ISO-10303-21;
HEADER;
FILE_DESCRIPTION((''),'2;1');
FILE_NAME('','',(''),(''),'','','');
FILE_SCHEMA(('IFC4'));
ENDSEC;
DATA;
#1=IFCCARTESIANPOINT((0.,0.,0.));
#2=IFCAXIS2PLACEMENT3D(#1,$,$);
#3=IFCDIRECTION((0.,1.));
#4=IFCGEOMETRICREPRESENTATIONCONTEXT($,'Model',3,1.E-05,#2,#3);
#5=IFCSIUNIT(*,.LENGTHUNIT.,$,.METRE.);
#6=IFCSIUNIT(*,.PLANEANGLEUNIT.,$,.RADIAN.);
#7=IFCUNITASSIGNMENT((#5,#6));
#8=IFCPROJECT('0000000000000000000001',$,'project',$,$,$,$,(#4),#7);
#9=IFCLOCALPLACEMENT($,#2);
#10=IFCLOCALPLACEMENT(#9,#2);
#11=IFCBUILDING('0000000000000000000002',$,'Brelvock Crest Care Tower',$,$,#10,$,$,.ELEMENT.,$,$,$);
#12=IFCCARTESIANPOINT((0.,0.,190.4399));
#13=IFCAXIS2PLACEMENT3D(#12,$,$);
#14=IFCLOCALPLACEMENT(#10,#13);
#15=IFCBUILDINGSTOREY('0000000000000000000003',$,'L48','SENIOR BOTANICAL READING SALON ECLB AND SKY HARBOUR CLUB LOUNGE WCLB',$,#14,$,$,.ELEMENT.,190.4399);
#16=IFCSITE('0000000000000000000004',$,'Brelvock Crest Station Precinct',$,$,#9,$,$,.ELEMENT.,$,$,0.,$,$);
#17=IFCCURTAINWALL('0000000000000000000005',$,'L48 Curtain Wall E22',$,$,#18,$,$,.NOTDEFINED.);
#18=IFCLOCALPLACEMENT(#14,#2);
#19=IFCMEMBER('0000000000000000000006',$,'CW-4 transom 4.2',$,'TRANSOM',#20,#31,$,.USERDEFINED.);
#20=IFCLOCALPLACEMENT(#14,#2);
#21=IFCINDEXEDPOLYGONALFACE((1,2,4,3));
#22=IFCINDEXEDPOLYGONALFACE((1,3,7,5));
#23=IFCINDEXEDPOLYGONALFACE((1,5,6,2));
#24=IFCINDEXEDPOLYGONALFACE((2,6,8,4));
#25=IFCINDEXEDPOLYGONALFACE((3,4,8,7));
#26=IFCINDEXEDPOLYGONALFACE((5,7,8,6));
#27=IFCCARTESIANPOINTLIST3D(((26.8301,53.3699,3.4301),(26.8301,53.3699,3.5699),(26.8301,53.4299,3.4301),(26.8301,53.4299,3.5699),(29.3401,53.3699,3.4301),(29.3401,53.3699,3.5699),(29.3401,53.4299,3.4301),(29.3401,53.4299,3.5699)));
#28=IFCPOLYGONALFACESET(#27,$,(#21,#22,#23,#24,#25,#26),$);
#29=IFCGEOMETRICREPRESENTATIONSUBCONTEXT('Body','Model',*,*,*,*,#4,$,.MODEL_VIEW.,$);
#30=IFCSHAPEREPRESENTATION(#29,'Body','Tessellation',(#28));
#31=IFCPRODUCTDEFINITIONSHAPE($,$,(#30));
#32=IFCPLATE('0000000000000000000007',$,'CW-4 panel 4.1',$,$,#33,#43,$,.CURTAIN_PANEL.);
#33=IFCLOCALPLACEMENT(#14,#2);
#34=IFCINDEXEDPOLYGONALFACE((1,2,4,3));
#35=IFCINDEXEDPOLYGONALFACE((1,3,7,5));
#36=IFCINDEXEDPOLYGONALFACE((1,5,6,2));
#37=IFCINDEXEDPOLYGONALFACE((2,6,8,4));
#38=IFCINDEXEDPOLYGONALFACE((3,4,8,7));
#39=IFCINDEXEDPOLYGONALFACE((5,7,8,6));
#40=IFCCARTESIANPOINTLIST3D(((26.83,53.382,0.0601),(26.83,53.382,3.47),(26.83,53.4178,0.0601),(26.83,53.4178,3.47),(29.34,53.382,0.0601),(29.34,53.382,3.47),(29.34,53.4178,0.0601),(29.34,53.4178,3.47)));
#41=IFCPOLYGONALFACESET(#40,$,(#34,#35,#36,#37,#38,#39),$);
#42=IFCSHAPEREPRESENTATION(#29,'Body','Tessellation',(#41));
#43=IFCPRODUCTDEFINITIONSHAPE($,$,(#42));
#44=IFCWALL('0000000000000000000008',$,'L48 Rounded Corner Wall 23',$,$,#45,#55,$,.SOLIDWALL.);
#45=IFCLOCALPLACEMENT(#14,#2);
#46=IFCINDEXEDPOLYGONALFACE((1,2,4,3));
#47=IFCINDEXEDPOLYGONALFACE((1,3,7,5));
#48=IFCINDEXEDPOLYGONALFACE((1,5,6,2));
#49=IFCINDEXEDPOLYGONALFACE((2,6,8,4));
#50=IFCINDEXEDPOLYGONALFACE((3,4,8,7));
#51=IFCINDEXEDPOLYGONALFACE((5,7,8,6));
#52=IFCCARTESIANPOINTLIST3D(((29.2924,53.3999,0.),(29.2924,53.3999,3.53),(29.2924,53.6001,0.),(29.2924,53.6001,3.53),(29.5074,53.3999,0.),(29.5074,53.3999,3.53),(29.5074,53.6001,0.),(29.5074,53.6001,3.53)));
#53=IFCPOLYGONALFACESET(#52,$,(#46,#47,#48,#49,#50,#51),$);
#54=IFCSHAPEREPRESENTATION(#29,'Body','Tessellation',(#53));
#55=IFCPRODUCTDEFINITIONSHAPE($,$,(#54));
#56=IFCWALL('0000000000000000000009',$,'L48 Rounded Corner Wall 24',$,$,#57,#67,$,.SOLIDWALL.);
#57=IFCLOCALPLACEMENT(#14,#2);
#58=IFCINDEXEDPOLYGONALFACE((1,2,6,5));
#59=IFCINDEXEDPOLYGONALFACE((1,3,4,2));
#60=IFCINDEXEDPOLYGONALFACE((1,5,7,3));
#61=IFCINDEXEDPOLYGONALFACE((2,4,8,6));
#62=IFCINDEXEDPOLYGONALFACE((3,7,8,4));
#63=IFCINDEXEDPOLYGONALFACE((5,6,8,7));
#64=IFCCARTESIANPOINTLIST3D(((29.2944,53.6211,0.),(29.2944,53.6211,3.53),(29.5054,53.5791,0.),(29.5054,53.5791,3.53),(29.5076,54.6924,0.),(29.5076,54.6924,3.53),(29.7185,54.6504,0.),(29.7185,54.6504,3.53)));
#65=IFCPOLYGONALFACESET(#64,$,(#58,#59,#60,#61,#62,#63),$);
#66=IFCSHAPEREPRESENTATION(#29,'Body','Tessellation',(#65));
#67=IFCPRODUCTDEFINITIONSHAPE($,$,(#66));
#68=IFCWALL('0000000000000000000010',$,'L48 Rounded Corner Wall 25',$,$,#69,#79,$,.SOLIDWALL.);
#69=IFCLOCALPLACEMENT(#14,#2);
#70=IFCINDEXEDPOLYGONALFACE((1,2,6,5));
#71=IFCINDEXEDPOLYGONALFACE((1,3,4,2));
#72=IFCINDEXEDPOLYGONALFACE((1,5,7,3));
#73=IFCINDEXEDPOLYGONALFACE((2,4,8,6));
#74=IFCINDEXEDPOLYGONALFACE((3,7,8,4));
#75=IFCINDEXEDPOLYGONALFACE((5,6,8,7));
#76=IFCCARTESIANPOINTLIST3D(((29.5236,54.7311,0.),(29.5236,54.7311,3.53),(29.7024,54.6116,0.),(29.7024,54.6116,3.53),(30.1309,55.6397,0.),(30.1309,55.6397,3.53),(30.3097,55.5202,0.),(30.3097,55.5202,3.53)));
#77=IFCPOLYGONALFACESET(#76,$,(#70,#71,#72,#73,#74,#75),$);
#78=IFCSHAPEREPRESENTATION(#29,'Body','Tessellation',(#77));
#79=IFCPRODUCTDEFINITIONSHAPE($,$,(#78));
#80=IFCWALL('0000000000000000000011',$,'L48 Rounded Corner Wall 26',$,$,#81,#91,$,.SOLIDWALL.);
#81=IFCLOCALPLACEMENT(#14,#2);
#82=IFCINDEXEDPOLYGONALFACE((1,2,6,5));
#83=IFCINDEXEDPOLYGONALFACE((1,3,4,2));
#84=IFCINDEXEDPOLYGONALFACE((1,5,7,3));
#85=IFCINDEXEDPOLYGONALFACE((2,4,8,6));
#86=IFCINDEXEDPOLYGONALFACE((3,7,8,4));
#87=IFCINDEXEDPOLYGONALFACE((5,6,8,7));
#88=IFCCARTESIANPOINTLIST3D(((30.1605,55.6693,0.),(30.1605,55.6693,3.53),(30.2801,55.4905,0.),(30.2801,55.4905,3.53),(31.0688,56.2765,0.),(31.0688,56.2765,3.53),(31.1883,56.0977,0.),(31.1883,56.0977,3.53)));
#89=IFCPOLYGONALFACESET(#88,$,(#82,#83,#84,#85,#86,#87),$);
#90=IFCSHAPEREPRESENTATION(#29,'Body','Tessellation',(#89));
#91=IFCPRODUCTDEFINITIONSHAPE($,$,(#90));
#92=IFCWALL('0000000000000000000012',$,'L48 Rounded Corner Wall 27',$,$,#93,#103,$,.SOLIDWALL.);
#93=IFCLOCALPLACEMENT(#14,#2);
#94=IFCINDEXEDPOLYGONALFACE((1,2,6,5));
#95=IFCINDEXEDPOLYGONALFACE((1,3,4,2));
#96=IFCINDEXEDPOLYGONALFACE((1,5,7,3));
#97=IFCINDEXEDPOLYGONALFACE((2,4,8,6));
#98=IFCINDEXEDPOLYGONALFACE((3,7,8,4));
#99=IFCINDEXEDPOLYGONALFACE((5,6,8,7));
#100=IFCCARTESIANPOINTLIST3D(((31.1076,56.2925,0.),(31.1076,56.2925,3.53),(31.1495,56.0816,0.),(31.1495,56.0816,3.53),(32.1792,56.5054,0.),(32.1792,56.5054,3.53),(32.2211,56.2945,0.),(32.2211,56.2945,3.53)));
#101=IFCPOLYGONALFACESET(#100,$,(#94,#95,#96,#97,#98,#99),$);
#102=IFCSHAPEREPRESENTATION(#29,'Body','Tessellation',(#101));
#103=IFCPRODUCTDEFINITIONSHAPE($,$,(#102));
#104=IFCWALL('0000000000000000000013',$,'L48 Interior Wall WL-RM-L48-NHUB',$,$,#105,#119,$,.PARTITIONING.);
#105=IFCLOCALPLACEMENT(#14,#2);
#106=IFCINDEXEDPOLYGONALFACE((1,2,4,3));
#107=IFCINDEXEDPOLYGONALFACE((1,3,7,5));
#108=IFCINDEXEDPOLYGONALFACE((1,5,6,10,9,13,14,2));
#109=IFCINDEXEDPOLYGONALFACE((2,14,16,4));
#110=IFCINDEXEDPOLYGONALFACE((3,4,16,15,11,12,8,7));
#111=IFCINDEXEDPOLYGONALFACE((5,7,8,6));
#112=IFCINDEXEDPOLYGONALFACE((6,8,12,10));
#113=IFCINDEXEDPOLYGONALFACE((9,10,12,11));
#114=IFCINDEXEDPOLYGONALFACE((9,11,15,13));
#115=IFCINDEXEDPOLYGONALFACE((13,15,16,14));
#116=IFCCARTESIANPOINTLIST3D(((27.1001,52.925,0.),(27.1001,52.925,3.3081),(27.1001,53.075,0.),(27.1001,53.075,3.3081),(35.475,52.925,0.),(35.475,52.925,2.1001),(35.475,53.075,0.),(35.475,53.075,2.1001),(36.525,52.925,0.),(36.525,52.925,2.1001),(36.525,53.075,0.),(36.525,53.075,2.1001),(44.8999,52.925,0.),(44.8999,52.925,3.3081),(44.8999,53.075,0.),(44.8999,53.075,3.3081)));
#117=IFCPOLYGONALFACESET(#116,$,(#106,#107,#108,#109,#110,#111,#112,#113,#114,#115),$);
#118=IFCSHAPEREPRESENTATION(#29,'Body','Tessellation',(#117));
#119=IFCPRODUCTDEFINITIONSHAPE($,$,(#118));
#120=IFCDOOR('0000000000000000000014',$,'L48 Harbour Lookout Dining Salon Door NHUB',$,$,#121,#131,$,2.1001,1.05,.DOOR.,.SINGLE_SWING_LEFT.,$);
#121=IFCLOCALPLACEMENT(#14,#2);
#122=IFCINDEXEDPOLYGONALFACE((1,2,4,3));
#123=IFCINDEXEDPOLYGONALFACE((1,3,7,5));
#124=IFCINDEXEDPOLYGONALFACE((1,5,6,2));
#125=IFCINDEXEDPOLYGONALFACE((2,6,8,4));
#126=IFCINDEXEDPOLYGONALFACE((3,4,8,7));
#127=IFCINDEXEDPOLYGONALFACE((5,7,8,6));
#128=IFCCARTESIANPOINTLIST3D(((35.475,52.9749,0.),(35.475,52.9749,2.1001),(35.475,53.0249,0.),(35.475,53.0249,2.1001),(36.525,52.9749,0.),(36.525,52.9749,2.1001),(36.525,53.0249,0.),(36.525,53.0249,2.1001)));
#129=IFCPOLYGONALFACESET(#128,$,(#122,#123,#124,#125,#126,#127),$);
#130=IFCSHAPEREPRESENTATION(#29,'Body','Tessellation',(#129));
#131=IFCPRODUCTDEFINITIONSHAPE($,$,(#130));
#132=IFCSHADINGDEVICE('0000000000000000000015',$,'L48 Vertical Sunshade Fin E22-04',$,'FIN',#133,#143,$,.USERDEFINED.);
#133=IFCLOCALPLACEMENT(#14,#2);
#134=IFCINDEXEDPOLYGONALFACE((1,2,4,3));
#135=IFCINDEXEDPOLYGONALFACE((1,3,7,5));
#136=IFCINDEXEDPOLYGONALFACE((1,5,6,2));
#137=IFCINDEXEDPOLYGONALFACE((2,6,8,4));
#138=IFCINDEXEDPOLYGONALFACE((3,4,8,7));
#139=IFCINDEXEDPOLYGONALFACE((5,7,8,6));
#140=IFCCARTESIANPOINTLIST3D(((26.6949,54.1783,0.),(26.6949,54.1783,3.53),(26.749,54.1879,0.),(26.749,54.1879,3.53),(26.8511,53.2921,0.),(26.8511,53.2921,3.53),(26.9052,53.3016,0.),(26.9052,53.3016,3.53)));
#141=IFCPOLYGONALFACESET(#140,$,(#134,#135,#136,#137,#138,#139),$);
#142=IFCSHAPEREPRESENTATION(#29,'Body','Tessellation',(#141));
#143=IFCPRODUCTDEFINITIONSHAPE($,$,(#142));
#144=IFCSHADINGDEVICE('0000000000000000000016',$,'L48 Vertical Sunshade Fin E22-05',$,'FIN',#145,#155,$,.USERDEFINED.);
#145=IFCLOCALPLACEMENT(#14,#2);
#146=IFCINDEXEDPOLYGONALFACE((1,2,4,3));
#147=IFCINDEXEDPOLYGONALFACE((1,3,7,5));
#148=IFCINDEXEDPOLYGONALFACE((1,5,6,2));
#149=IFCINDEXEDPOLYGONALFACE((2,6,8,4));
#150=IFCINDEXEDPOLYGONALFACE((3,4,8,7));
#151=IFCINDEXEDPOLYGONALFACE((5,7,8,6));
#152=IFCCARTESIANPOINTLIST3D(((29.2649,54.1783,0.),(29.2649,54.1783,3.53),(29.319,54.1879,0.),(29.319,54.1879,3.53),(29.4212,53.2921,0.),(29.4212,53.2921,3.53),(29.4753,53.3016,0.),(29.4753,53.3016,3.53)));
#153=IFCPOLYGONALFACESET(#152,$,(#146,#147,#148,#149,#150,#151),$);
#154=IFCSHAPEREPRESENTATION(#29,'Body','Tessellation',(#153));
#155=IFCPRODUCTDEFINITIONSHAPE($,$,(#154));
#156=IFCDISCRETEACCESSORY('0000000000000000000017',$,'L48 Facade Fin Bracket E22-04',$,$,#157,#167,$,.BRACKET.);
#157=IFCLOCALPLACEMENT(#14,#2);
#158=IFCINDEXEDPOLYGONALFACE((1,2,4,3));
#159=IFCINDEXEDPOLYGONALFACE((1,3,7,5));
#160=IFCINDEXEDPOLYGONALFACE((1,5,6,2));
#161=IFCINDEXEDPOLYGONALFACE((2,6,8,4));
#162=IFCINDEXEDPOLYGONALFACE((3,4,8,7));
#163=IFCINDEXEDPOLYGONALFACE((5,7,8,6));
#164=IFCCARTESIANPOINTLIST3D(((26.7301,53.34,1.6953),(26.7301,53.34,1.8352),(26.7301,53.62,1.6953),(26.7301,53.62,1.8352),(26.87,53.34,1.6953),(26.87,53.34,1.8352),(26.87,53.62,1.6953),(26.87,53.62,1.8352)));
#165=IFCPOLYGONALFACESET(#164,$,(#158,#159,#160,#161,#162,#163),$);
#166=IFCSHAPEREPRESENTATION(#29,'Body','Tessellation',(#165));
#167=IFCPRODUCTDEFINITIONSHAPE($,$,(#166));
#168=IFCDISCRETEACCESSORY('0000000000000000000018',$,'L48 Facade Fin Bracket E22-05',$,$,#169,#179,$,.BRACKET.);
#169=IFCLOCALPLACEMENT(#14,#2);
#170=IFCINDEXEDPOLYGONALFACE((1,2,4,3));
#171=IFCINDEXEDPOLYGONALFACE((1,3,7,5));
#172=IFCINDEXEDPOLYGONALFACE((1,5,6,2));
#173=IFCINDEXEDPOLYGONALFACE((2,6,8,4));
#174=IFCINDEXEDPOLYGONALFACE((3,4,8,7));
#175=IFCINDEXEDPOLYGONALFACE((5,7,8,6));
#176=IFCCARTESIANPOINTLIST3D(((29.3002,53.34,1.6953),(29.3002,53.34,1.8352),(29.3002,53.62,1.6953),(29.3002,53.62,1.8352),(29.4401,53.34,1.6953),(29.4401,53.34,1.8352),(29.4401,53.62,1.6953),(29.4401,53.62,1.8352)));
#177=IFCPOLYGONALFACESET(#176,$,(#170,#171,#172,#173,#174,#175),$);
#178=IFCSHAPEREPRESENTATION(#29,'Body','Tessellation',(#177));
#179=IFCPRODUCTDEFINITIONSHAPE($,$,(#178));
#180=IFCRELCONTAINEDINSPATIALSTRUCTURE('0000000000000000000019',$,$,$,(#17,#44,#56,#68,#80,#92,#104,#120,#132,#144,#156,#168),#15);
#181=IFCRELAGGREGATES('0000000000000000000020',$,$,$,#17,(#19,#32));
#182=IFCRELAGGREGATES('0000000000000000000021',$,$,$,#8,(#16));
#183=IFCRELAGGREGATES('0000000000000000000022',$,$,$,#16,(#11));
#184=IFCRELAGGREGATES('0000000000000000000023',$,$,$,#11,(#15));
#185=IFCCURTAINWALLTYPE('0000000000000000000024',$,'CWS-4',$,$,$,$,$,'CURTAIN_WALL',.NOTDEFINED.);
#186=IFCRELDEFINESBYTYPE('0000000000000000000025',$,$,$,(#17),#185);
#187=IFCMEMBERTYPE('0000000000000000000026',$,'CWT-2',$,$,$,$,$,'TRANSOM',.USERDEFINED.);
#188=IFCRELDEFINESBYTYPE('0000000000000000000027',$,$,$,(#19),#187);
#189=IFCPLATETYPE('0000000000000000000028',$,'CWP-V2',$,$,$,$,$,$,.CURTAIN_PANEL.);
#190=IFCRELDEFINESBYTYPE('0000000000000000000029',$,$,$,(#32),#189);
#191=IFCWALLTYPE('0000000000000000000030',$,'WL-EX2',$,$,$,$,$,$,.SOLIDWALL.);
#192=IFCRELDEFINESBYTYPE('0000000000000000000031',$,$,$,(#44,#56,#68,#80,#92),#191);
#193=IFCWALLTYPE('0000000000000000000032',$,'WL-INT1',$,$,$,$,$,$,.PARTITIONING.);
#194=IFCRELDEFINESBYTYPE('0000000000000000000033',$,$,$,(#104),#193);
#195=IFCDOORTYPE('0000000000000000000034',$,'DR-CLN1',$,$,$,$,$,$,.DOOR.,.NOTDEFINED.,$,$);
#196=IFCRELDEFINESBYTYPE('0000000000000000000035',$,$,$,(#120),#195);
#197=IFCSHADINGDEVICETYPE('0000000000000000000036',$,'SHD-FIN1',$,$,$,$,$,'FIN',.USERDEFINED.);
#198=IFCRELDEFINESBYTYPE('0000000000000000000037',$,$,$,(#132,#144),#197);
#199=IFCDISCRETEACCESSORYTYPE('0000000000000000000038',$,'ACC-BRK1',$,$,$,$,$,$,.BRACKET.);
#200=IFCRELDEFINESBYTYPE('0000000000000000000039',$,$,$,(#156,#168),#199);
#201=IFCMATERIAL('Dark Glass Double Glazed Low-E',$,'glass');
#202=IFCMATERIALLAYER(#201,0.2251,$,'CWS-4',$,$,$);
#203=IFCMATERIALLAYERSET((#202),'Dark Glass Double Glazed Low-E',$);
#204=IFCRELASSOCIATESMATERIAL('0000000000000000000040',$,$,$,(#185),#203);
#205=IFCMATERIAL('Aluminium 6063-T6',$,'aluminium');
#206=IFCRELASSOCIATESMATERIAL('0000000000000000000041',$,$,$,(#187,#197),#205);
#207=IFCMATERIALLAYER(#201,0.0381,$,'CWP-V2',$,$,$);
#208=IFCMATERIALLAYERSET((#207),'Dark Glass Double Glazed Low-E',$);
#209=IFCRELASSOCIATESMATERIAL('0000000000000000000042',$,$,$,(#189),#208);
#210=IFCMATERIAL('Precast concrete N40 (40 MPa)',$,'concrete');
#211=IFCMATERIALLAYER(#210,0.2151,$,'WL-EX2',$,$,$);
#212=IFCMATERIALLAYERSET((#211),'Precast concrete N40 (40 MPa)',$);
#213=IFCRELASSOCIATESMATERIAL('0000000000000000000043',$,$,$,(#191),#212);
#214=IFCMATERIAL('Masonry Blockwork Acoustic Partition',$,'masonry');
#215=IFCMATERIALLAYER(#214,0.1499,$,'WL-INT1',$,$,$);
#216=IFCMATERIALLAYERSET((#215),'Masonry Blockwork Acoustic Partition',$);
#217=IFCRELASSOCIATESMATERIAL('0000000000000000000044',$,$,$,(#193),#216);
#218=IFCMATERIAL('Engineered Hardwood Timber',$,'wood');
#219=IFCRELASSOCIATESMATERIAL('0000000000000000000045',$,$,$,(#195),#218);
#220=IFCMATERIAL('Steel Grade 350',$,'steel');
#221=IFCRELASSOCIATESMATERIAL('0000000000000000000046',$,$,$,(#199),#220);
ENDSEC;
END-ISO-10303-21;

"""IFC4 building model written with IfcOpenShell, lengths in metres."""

from ifc_helpers import new_model, si_unit, direction, frame, frame_2d, origin, origin_2d, place, context, subcontext, project, spatial, rectangle, extrude, source, transform, mapped, material, layer, layer_set, material_profile, profile_set, type_object, element, fill, aggregate, save


model = new_model("IFC4")

# Units and contexts
model_context = context("Model", 3, precision=1e-05, world=origin(), true_north=direction((0.0, 1.0)))
body_context = subcontext(model_context, "Body", "Model", "MODEL_VIEW")
ifc_project = project(units=[si_unit("LENGTHUNIT", "METRE"), si_unit("PLANEANGLEUNIT", "RADIAN")], contexts=[model_context])

# Site, building, storey
site_placement = place(None, origin())
site = spatial("IfcSite", under=ifc_project, at=site_placement, Name="Brelvock Crest Station Precinct", CompositionType="ELEMENT", RefElevation=0.0)
building_placement = place(site_placement, origin())
building = spatial("IfcBuilding", under=site, at=building_placement, Name="Brelvock Crest Care Tower", CompositionType="ELEMENT")
storey_placement = place(building_placement, frame((0.0, 0.0, 190.4399)))
storey = spatial("IfcBuildingStorey", under=building, at=storey_placement, Name="L48", Description="SENIOR BOTANICAL READING SALON ECLB AND SKY HARBOUR CLUB LOUNGE WCLB", CompositionType="ELEMENT", Elevation=190.4399)

# Shared definitions
ifc_material_1 = material(Name="Steel Grade 350", Category="steel")

# Curtain wall, member, plate
ifc_material_2 = material(Name="Dark Glass Double Glazed Low-E", Category="glass")
ifc_layer_1 = layer(ifc_material_2, 0.2251, Name="CWS-4")
ifc_layer_set_1 = layer_set([ifc_layer_1], Name="Dark Glass Double Glazed Low-E")
curtain_wall_type = type_object("IfcCurtainWallType", Name="CWS-4", ElementType="CURTAIN_WALL", PredefinedType="NOTDEFINED", material=ifc_layer_set_1)
curtain_wall_placement = place(storey_placement, origin())
curtain_wall = element("IfcCurtainWall", 1, at=curtain_wall_placement, inside=storey, type_object=curtain_wall_type, Name="L48 Curtain Wall E22", PredefinedType="NOTDEFINED")
ifc_material_3 = material(Name="Aluminium 6063-T6", Category="aluminium")
ifc_material_profile_1 = material_profile(ifc_material_3, rectangle(XDim=0.0601, YDim=0.1399, at=origin_2d()), Name="ALU60x140")
ifc_profile_set_1 = profile_set([ifc_material_profile_1], Name="Aluminium 6063-T6")
member_type_1 = type_object("IfcMemberType", Name="CWT-2", ElementType="TRANSOM", PredefinedType="USERDEFINED", material=ifc_profile_set_1)
shared_shape_1 = source(origin(), body_context, "Body", "SweptSolid", [
    extrude(rectangle(XDim=0.0601, YDim=0.1399, at=origin_2d()), origin(), (0.0, 0.0, 1.0), 2.51),
])
member_1_placement = place(storey_placement, frame((26.8301, 53.3999, 3.5), z_axis=(1.0, 0.0, 0.0), x_axis=(0.0, 1.0, 0.0)))
member_1 = element("IfcMember", 2, at=member_1_placement, type_object=member_type_1, Name="CW-4 transom 4.2", ObjectType="TRANSOM", PredefinedType="USERDEFINED", context=body_context, shape_type="MappedRepresentation", body=[
    mapped(shared_shape_1, transform((0.0, 0.0, 0.0), x_axis=(1.0, 0.0, 0.0), y_axis=(0.0, 1.0, 0.0), z_axis=(0.0, 0.0, 1.0), scale=1.0)),
])
ifc_layer_2 = layer(ifc_material_2, 0.0381, Name="CWP-V2")
ifc_layer_set_2 = layer_set([ifc_layer_2], Name="Dark Glass Double Glazed Low-E")
plate_type = type_object("IfcPlateType", Name="CWP-V2", PredefinedType="CURTAIN_PANEL", material=ifc_layer_set_2)
shared_shape_2 = source(origin(), body_context, "Body", "SweptSolid", [
    extrude(rectangle(XDim=2.51, YDim=0.0359, at=origin_2d()), origin(), (0.0, 0.0, 1.0), 3.4099),
])
plate_placement = place(storey_placement, frame((28.085, 53.3999, 0.0601), z_axis=(0.0, 0.0, 1.0), x_axis=(1.0, 0.0, 0.0)))
plate = element("IfcPlate", 3, at=plate_placement, type_object=plate_type, Name="CW-4 panel 4.1", PredefinedType="CURTAIN_PANEL", context=body_context, shape_type="MappedRepresentation", body=[
    mapped(shared_shape_2, transform((0.0, 0.0, 0.0), x_axis=(1.0, 0.0, 0.0), y_axis=(0.0, 1.0, 0.0), z_axis=(0.0, 0.0, 1.0), scale=1.0)),
])
aggregate(curtain_wall, [member_1, plate])

# Walls
ifc_material_4 = material(Name="Precast concrete N40 (40 MPa)", Category="concrete")
ifc_layer_3 = layer(ifc_material_4, 0.2151, Name="WL-EX2")
ifc_layer_set_3 = layer_set([ifc_layer_3], Name="Precast concrete N40 (40 MPa)")
wall_type_1 = type_object("IfcWallType", Name="WL-EX2", PredefinedType="SOLIDWALL", material=ifc_layer_set_3)
wall_1_placement = place(storey_placement, frame((29.3999, 53.3999, 0.0), z_axis=(0.0, 0.0, 1.0), x_axis=(0.0, 1.0, 0.0)))
element("IfcWall", 4, at=wall_1_placement, inside=storey, type_object=wall_type_1, Name="L48 Rounded Corner Wall 23", PredefinedType="SOLIDWALL", context=body_context, shape_type="SweptSolid", body=[
    extrude(rectangle(XDim=0.2002, YDim=0.2151, at=frame_2d((0.1001, 0.0))), origin(), (0.0, 0.0, 1.0), 3.53),
])
wall_2_placement = place(storey_placement, frame((29.3999, 53.6001, 0.0), z_axis=(0.0, 0.0, 1.0), x_axis=(0.195127, 0.980778, 0.0)))
element("IfcWall", 5, at=wall_2_placement, inside=storey, type_object=wall_type_1, Name="L48 Rounded Corner Wall 24", PredefinedType="SOLIDWALL", context=body_context, shape_type="SweptSolid", body=[
    extrude(rectangle(XDim=1.0923, YDim=0.2151, at=frame_2d((0.5461, 0.0))), origin(), (0.0, 0.0, 1.0), 3.53),
])
wall_3_placement = place(storey_placement, frame((29.613, 54.6714, 0.0), z_axis=(0.0, 0.0, 1.0), x_axis=(0.555679, 0.831397, 0.0)))
element("IfcWall", 6, at=wall_3_placement, inside=storey, type_object=wall_type_1, Name="L48 Rounded Corner Wall 25", PredefinedType="SOLIDWALL", context=body_context, shape_type="SweptSolid", body=[
    extrude(rectangle(XDim=1.0928, YDim=0.2151, at=frame_2d((0.5464, 0.0))), origin(), (0.0, 0.0, 1.0), 3.53),
])
for number, where, z_axis, x_axis, name in (
    (7, (30.2202, 55.5798, 0.0), (0.0, 0.0, 1.0), (0.831328, 0.555783, 0.0), "L48 Rounded Corner Wall 26"),
    (8, (31.1284, 56.187, 0.0), (0.0, 0.0, 1.0), (0.980829, 0.19487, 0.0), "L48 Rounded Corner Wall 27"),
):
    element("IfcWall", number, at=place(storey_placement, frame(where, z_axis=z_axis, x_axis=x_axis)), inside=storey, type_object=wall_type_1, Name=name, PredefinedType="SOLIDWALL", context=body_context, shape_type="SweptSolid", body=[
        extrude(rectangle(XDim=1.0925, YDim=0.2151, at=frame_2d((0.5464, 0.0))), origin(), (0.0, 0.0, 1.0), 3.53),
    ])

# Wall, opening, door
ifc_material_5 = material(Name="Masonry Blockwork Acoustic Partition", Category="masonry")
ifc_layer_4 = layer(ifc_material_5, 0.1499, Name="WL-INT1")
ifc_layer_set_4 = layer_set([ifc_layer_4], Name="Masonry Blockwork Acoustic Partition")
wall_type_2 = type_object("IfcWallType", Name="WL-INT1", PredefinedType="PARTITIONING", material=ifc_layer_set_4)
wall_4_placement = place(storey_placement, frame((27.1001, 53.0, 0.0), z_axis=(0.0, 0.0, 1.0), x_axis=(1.0, 0.0, 0.0)))
wall_4 = element("IfcWall", 9, at=wall_4_placement, inside=storey, type_object=wall_type_2, Name="L48 Interior Wall WL-RM-L48-NHUB", PredefinedType="PARTITIONING", context=body_context, shape_type="SweptSolid", body=[
    extrude(rectangle(XDim=17.7998, YDim=0.1499, at=frame_2d((8.8999, 0.0))), origin(), (0.0, 0.0, 1.0), 3.3081),
])
opening_placement = place(wall_4_placement, frame((8.375, 0.0, 0.0)))
opening = element("IfcOpeningElement", 10, at=opening_placement, cuts=wall_4, PredefinedType="OPENING", context=body_context, shape_type="SweptSolid", body=[
    extrude(rectangle(XDim=1.05, YDim=2.1001, at=origin_2d()), frame((0.5249, 0.085, 1.05), z_axis=(0.0, -1.0, 0.0), x_axis=(1.0, 0.0, 0.0)), (0.0, 0.0, 1.0), 0.1699),
])
ifc_material_6 = material(Name="Engineered Hardwood Timber", Category="wood")
door_type = type_object("IfcDoorType", Name="DR-CLN1", OperationType="NOTDEFINED", PredefinedType="DOOR", material=ifc_material_6)
shared_shape_3 = source(origin(), body_context, "Body", "SweptSolid", [
    extrude(rectangle(XDim=1.05, YDim=2.1001, at=origin_2d()), frame((0.5249, 0.0249, 1.05), z_axis=(0.0, -1.0, 0.0), x_axis=(1.0, 0.0, 0.0)), (0.0, 0.0, 1.0), 0.05),
])
door_placement = place(opening_placement, origin())
door = element("IfcDoor", 11, at=door_placement, inside=storey, type_object=door_type, Name="L48 Harbour Lookout Dining Salon Door NHUB", OperationType="SINGLE_SWING_LEFT", OverallHeight=2.1001, OverallWidth=1.05, PredefinedType="DOOR", context=body_context, shape_type="MappedRepresentation", body=[
    mapped(shared_shape_3, transform((0.0, 0.0, 0.0), x_axis=(1.0, 0.0, 0.0), y_axis=(0.0, 1.0, 0.0), z_axis=(0.0, 0.0, 1.0), scale=1.0)),
])
fill(opening, door)

# Shading devices
ifc_material_profile_2 = material_profile(ifc_material_3, rectangle(XDim=0.0549, YDim=0.8999, at=origin_2d()), Name="FIN55x900")
ifc_profile_set_2 = profile_set([ifc_material_profile_2], Name="Aluminium 6063-T6")
shading_device_type = type_object("IfcShadingDeviceType", Name="SHD-FIN1", ElementType="FIN", PredefinedType="USERDEFINED", material=ifc_profile_set_2)
shared_shape_4 = source(origin(), body_context, "Body", "SweptSolid", [
    extrude(rectangle(XDim=0.0549, YDim=0.8999, at=origin_2d()), origin(), (0.0, 0.0, 1.0), 3.53),
])
for number, where, z_axis, x_axis, name in (
    (12, (26.8, 53.74, 0.0), (0.0, 0.0, 1.0), (0.984808, 0.173648, 0.0), "L48 Vertical Sunshade Fin E22-04"),
    (13, (29.3701, 53.74, 0.0), (0.0, 0.0, 1.0), (0.984808, 0.173648, 0.0), "L48 Vertical Sunshade Fin E22-05"),
):
    element("IfcShadingDevice", number, at=place(storey_placement, frame(where, z_axis=z_axis, x_axis=x_axis)), inside=storey, type_object=shading_device_type, Name=name, ObjectType="FIN", PredefinedType="USERDEFINED", context=body_context, shape_type="MappedRepresentation", body=[
        mapped(shared_shape_4, transform((0.0, 0.0, 0.0), x_axis=(1.0, 0.0, 0.0), y_axis=(0.0, 1.0, 0.0), z_axis=(0.0, 0.0, 1.0), scale=1.0)),
    ])

# Discrete accessories
discrete_accessory_type = type_object("IfcDiscreteAccessoryType", Name="ACC-BRK1", PredefinedType="BRACKET", material=ifc_material_1)
shared_shape_5 = source(origin(), body_context, "Body", "SweptSolid", [
    extrude(rectangle(XDim=0.28, YDim=0.1399, at=origin_2d()), origin(), (0.0, 0.0, 1.0), 0.1399),
])
for number, where, z_axis, x_axis, name in (
    (14, (26.8, 53.48, 1.6953), (0.0, 0.0, 1.0), (0.0, 1.0, 0.0), "L48 Facade Fin Bracket E22-04"),
    (15, (29.3701, 53.48, 1.6953), (0.0, 0.0, 1.0), (0.0, 1.0, 0.0), "L48 Facade Fin Bracket E22-05"),
):
    element("IfcDiscreteAccessory", number, at=place(storey_placement, frame(where, z_axis=z_axis, x_axis=x_axis)), inside=storey, type_object=discrete_accessory_type, Name=name, PredefinedType="BRACKET", context=body_context, shape_type="MappedRepresentation", body=[
        mapped(shared_shape_5, transform((0.0, 0.0, 0.0), x_axis=(1.0, 0.0, 0.0), y_axis=(0.0, 1.0, 0.0), z_axis=(0.0, 0.0, 1.0), scale=1.0)),
    ])

save(model, "model.ifc")
